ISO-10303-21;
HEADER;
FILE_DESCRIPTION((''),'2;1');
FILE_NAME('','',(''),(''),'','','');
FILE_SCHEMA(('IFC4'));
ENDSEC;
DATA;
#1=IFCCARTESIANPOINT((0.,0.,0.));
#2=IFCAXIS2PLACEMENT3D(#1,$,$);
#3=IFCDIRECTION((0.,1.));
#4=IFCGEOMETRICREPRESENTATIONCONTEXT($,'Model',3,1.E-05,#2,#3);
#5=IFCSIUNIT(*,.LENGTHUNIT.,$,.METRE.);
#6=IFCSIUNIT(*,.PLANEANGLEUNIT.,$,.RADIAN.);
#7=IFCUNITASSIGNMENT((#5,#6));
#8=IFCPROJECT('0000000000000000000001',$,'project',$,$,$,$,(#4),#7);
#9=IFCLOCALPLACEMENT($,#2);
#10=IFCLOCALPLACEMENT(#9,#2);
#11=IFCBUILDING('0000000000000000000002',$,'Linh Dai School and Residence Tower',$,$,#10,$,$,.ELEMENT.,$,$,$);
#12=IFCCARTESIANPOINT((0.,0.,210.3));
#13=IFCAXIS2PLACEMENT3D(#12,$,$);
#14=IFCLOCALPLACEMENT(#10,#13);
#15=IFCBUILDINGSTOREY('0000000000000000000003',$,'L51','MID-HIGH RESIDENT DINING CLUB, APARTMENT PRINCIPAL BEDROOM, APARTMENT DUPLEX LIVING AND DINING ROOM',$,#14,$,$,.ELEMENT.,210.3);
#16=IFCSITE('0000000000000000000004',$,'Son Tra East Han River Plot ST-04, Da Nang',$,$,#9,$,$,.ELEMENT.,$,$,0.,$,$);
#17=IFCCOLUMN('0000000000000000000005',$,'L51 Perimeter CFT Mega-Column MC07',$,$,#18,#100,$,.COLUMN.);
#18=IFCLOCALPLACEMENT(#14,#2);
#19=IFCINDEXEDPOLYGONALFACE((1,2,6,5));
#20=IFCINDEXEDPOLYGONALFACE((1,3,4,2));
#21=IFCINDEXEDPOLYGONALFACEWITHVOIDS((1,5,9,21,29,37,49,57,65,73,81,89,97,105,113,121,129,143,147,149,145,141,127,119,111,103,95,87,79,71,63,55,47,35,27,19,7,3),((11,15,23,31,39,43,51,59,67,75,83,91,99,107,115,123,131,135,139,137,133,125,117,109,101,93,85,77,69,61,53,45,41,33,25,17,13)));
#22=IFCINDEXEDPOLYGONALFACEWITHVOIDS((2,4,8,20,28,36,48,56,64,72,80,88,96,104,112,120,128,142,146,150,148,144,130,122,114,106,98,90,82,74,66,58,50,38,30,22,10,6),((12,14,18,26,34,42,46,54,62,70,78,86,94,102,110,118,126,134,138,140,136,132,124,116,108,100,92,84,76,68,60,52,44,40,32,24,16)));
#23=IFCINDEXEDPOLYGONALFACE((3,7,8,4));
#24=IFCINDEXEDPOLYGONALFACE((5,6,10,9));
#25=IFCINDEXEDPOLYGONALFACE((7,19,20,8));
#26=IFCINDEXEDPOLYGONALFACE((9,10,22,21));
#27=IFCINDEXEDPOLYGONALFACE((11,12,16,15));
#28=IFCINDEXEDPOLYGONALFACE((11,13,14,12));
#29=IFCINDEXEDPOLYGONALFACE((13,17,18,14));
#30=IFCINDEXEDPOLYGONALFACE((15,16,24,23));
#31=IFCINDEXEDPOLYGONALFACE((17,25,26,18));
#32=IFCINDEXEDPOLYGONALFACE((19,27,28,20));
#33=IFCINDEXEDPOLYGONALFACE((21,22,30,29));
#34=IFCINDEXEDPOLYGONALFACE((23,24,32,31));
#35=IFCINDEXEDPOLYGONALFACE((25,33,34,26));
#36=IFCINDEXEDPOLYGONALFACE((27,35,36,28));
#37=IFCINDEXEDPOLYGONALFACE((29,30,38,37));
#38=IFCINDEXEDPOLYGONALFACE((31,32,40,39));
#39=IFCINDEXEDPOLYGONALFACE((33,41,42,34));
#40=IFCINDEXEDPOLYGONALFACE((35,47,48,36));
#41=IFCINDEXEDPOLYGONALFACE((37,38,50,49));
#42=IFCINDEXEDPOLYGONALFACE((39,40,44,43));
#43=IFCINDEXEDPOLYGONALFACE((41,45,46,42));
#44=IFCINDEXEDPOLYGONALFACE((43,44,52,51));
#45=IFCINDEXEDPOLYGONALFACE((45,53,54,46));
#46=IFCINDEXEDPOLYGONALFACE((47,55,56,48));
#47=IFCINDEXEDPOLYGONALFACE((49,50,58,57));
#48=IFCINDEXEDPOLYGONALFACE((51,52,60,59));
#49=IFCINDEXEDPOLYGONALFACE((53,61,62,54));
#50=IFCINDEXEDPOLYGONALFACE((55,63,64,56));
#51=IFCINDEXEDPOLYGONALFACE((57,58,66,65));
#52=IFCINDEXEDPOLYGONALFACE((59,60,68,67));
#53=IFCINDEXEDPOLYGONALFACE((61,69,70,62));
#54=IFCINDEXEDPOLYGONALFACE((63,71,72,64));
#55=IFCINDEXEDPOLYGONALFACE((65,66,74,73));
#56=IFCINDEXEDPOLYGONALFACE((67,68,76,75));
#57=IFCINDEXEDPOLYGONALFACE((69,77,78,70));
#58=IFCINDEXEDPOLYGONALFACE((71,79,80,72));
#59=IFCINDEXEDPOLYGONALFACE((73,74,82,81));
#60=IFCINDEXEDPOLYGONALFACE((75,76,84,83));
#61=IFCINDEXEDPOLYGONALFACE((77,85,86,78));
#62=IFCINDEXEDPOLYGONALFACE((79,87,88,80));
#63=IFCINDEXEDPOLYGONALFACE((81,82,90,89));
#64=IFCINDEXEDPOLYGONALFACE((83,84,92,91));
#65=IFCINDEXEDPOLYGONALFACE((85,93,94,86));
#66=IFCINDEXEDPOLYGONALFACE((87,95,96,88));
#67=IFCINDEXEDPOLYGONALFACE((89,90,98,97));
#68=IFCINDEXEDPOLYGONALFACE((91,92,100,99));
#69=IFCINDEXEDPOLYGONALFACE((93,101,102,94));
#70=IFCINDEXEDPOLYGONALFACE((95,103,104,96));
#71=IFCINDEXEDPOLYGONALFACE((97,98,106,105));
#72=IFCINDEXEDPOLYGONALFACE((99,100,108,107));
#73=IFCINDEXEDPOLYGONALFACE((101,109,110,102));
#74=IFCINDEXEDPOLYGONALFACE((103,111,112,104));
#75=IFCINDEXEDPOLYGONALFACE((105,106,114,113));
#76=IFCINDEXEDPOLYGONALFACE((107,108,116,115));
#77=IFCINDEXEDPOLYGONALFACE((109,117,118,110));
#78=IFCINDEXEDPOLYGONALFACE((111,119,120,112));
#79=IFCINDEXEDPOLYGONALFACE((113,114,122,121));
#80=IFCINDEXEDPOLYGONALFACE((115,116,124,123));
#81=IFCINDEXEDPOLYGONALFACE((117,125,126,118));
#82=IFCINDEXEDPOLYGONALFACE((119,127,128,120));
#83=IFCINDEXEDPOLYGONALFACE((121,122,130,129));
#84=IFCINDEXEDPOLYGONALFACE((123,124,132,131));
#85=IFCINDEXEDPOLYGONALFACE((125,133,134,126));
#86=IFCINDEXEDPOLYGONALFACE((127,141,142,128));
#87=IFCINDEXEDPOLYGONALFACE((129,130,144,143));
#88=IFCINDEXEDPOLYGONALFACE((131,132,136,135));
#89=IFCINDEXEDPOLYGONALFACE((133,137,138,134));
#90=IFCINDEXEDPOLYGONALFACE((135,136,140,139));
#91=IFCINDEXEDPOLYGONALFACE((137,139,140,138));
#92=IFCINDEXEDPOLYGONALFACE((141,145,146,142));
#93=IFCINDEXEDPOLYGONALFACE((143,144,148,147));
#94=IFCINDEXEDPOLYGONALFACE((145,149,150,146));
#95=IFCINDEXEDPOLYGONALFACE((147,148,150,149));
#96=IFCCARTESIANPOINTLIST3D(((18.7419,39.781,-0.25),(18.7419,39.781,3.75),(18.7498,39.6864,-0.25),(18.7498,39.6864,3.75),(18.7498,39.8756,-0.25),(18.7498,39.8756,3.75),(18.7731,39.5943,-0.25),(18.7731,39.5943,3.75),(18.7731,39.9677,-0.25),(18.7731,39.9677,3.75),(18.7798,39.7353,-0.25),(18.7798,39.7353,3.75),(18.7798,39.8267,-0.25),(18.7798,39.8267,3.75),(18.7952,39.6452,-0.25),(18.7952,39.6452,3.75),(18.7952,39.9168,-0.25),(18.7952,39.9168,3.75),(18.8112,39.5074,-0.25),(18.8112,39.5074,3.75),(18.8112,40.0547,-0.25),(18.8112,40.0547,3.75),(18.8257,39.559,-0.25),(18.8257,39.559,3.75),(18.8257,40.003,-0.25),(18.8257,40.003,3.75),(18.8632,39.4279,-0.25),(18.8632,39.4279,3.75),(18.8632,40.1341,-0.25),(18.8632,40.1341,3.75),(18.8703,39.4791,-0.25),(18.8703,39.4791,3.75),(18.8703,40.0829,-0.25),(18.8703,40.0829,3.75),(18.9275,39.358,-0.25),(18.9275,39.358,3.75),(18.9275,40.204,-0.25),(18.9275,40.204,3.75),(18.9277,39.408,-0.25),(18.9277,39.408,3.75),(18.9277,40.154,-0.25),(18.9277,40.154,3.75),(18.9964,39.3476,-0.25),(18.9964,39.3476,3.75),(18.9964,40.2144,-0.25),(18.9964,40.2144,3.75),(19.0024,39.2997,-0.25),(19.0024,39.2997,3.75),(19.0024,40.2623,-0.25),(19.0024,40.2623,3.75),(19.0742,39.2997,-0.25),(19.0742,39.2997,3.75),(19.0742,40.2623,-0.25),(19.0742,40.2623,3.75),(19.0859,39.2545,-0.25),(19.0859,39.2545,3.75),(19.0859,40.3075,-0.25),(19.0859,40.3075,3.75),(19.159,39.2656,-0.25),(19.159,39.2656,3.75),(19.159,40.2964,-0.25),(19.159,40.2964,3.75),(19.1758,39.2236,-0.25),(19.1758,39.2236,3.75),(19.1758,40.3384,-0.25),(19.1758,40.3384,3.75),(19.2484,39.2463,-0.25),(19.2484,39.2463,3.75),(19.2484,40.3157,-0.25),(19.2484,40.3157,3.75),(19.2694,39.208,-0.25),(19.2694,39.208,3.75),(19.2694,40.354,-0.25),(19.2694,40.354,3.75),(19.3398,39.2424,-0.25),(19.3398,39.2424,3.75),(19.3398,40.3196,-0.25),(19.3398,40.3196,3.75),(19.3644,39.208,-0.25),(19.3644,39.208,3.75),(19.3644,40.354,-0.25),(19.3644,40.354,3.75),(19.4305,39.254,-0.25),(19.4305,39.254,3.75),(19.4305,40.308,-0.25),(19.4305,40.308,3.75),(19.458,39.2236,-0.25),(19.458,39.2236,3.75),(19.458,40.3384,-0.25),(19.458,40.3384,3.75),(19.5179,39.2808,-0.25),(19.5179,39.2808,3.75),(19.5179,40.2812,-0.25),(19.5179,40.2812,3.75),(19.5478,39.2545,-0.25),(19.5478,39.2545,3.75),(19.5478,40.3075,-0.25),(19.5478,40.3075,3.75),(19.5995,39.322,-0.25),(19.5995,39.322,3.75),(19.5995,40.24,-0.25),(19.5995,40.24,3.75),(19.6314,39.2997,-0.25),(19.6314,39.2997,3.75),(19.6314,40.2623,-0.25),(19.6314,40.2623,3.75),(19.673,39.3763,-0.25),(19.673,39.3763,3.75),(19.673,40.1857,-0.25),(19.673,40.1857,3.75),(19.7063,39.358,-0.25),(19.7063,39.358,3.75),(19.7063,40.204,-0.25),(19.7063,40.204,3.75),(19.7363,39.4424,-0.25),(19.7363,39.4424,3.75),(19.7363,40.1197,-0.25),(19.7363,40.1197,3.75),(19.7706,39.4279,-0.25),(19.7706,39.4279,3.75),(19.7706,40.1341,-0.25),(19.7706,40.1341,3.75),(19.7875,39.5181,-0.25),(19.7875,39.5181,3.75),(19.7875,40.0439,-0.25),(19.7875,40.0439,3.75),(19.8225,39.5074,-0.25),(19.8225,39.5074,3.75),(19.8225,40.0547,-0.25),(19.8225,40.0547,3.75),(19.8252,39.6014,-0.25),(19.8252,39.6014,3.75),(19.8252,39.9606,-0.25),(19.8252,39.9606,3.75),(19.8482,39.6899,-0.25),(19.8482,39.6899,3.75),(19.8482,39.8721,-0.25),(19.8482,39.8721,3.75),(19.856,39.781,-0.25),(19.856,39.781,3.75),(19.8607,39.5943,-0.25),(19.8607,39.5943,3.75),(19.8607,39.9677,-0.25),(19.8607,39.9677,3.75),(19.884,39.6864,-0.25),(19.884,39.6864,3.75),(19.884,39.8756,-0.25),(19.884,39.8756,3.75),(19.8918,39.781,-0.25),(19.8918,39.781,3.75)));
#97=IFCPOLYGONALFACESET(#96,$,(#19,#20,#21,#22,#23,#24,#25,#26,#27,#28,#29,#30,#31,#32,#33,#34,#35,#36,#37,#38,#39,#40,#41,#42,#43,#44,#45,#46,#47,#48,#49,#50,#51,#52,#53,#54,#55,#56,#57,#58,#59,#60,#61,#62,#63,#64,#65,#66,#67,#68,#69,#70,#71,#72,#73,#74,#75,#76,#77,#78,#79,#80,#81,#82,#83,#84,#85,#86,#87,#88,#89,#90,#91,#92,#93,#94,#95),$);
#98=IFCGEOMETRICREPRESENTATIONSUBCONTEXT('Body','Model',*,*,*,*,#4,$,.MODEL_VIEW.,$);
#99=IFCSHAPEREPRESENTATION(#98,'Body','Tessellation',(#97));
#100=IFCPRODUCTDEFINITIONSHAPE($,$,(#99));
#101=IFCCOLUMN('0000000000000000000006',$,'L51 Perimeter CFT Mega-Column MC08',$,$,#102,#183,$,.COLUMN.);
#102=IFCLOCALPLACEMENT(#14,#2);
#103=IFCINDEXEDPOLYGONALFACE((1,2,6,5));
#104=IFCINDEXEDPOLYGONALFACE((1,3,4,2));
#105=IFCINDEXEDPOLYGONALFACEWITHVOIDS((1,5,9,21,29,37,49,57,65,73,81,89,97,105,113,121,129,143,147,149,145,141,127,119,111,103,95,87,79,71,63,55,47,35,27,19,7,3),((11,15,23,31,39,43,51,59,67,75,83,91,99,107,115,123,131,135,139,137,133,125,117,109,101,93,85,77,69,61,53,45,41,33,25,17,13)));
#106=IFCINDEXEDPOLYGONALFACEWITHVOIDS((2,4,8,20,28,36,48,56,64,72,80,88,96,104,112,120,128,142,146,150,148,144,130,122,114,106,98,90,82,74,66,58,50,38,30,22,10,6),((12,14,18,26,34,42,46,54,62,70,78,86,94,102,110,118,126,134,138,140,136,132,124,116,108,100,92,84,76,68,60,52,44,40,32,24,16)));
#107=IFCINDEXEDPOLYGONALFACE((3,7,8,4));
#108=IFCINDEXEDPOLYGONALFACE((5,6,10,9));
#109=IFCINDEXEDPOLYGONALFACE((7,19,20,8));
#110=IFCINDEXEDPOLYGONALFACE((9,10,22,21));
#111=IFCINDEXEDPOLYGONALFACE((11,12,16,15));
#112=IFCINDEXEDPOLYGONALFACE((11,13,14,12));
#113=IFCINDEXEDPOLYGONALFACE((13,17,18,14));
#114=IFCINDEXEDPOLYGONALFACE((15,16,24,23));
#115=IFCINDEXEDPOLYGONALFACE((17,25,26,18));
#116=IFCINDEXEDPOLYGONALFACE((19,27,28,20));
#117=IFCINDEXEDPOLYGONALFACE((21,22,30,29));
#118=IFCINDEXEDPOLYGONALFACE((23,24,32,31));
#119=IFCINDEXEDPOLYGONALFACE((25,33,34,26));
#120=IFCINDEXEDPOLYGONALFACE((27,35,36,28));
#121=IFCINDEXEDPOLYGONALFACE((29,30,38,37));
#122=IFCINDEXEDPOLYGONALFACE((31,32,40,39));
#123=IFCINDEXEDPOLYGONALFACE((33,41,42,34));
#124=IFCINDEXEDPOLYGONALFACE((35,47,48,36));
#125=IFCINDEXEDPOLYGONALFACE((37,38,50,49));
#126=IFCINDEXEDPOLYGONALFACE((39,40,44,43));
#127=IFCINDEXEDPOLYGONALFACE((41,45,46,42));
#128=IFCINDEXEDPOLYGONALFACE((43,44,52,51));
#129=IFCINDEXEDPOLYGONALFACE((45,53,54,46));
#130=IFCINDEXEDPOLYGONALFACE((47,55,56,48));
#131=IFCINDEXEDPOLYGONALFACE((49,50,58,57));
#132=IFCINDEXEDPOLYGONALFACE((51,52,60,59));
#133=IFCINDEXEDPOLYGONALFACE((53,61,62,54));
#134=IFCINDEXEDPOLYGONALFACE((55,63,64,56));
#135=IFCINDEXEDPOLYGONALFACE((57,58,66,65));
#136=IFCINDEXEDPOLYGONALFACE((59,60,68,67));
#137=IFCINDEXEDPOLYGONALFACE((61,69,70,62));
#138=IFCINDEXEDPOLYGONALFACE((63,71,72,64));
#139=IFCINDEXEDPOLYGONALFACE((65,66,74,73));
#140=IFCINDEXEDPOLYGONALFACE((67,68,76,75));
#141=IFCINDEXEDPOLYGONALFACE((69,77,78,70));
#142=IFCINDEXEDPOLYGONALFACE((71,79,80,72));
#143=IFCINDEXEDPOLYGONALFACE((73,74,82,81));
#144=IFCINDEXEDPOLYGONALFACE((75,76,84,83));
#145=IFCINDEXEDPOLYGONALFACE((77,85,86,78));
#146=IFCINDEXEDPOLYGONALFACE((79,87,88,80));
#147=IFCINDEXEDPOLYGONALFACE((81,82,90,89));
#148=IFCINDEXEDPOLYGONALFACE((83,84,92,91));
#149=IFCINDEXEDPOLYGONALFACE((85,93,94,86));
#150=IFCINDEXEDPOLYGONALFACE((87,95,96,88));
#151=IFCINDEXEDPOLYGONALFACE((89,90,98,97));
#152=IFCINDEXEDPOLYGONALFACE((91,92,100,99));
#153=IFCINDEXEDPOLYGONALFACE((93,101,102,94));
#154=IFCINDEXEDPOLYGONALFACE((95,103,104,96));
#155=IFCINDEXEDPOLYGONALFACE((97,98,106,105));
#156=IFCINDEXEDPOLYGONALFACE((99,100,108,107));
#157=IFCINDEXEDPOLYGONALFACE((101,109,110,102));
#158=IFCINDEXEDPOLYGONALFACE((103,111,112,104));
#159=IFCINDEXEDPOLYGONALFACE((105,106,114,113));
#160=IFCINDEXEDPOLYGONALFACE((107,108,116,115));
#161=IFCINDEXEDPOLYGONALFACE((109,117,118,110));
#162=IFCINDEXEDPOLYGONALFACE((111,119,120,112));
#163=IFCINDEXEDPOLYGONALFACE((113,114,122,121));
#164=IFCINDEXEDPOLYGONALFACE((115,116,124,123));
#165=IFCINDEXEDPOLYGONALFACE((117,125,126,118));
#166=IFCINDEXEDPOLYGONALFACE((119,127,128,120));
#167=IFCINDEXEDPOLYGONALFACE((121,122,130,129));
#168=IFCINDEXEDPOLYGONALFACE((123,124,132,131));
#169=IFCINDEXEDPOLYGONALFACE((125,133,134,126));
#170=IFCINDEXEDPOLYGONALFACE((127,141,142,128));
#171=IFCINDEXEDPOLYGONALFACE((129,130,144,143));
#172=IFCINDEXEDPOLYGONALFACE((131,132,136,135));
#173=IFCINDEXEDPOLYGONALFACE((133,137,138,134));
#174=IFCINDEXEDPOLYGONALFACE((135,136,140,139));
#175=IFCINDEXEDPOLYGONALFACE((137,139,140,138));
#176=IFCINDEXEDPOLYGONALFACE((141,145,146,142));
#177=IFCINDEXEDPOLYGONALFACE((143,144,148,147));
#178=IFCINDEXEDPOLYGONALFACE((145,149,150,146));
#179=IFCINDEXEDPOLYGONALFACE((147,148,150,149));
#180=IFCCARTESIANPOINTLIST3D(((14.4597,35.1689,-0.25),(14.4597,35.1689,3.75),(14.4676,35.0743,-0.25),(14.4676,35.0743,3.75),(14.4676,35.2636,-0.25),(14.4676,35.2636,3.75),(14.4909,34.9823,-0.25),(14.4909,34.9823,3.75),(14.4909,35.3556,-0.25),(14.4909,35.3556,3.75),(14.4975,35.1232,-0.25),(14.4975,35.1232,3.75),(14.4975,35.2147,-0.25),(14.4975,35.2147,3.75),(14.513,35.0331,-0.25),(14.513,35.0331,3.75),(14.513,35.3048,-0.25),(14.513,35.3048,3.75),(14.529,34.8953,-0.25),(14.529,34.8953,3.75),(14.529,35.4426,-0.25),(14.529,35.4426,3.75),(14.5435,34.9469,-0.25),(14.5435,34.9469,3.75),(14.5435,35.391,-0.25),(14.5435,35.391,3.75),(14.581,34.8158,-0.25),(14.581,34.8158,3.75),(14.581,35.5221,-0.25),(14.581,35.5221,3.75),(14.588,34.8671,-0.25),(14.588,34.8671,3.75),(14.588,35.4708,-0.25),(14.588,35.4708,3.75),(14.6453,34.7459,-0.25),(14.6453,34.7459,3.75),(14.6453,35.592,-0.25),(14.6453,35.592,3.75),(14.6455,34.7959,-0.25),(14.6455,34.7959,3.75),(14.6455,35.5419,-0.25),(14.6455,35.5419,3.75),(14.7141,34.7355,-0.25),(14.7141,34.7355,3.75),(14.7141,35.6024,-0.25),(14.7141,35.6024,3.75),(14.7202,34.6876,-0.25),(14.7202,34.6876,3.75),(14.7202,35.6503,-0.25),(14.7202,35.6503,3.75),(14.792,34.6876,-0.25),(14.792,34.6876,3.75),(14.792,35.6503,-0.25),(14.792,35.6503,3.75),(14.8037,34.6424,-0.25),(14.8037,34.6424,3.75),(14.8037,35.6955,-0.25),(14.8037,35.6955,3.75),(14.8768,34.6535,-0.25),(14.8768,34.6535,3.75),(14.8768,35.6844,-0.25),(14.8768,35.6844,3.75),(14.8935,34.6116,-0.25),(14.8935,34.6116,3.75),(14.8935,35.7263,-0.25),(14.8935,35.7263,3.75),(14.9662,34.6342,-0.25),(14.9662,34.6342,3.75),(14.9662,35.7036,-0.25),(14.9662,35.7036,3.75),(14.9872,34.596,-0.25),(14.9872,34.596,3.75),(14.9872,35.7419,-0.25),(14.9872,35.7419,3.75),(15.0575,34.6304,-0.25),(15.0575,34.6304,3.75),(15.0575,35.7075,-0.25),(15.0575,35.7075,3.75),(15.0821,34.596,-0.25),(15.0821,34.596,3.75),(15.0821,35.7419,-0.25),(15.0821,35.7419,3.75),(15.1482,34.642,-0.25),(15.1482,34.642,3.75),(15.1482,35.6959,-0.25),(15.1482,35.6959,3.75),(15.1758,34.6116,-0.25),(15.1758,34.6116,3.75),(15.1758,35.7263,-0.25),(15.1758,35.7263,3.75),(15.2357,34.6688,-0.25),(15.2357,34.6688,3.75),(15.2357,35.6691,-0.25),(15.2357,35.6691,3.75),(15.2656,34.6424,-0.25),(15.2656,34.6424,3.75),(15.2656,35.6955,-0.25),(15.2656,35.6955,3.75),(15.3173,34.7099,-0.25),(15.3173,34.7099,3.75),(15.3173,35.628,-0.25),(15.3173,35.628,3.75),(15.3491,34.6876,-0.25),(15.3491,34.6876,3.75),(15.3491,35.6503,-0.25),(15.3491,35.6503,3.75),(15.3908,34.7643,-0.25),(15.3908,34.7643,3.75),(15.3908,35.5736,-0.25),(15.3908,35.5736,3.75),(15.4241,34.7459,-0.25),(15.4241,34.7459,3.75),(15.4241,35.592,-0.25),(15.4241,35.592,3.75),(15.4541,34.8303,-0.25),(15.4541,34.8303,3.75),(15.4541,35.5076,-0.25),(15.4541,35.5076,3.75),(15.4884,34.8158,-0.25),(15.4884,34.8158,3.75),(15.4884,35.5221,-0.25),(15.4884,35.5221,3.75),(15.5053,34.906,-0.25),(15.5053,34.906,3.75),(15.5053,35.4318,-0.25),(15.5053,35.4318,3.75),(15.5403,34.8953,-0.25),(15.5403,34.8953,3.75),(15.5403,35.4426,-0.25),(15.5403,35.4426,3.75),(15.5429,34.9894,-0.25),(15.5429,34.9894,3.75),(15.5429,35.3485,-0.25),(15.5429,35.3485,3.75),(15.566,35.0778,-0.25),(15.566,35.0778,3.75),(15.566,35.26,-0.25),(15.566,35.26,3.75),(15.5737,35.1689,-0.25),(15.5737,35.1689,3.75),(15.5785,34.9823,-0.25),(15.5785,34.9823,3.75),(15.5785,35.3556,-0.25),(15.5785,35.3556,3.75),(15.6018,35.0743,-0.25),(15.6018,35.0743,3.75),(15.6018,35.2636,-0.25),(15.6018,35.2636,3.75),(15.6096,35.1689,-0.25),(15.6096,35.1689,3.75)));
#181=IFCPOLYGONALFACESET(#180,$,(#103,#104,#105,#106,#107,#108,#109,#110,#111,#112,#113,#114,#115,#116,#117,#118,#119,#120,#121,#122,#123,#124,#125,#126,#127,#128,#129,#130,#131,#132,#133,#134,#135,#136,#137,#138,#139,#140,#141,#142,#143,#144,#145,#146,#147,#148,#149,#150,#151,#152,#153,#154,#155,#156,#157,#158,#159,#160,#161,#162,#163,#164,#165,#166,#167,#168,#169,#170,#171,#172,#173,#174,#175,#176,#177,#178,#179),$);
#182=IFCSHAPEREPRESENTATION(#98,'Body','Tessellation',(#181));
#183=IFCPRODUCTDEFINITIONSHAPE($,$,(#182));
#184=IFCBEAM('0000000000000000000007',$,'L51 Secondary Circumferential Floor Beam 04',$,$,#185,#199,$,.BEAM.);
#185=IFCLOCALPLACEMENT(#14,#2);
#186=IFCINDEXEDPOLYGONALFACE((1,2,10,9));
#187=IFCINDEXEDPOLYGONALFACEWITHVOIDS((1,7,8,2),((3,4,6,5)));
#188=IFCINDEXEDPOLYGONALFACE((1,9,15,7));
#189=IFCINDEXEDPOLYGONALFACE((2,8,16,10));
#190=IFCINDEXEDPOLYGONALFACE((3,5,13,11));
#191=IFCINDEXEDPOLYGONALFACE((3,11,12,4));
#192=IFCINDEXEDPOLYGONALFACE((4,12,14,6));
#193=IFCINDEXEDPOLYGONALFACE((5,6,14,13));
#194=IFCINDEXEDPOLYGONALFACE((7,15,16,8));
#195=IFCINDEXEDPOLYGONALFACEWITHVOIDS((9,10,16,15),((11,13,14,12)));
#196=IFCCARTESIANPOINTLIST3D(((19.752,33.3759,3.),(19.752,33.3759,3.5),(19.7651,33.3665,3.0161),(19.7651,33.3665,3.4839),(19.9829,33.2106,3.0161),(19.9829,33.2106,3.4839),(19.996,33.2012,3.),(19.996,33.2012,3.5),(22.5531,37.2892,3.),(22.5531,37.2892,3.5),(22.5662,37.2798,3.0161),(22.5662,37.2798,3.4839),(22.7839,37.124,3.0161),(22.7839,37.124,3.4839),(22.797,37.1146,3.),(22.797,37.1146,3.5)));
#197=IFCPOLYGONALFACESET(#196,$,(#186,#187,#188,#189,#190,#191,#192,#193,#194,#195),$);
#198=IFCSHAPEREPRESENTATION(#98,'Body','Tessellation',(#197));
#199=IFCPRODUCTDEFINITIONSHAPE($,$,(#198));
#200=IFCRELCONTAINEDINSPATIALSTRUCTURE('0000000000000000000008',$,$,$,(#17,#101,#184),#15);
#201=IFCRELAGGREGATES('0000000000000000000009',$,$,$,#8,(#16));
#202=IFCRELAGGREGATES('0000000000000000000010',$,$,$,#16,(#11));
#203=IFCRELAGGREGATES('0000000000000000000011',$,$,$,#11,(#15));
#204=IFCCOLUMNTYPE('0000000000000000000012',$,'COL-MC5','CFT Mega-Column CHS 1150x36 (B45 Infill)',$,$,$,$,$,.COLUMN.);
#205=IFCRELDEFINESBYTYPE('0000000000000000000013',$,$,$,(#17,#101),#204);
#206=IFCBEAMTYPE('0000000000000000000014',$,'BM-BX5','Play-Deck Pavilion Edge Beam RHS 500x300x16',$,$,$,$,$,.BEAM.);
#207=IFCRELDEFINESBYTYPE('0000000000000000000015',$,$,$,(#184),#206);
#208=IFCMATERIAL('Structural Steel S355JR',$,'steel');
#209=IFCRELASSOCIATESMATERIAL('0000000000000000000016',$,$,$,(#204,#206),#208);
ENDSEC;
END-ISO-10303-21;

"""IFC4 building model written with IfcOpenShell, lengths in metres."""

from ifc_helpers import new_model, si_unit, direction, frame, origin, origin_2d, place, context, subcontext, project, spatial, hollow_rectangle, hollow_circle, extrude, material, material_profile, profile_set, type_object, element, save


model = new_model("IFC4")

# Units and contexts
model_context = context("Model", 3, precision=1e-05, world=origin(), true_north=direction((0.0, 1.0)))
body_context = subcontext(model_context, "Body", "Model", "MODEL_VIEW")
ifc_project = project(units=[si_unit("LENGTHUNIT", "METRE"), si_unit("PLANEANGLEUNIT", "RADIAN")], contexts=[model_context])

# Site, building, storey
site_placement = place(None, origin())
site = spatial("IfcSite", under=ifc_project, at=site_placement, Name="Son Tra East Han River Plot ST-04, Da Nang", CompositionType="ELEMENT", RefElevation=0.0)
building_placement = place(site_placement, origin())
building = spatial("IfcBuilding", under=site, at=building_placement, Name="Linh Dai School and Residence Tower", CompositionType="ELEMENT")
storey_placement = place(building_placement, frame((0.0, 0.0, 210.3)))
storey = spatial("IfcBuildingStorey", under=building, at=storey_placement, Name="L51", Description="MID-HIGH RESIDENT DINING CLUB, APARTMENT PRINCIPAL BEDROOM, APARTMENT DUPLEX LIVING AND DINING ROOM", CompositionType="ELEMENT", Elevation=210.3)

# Columns
ifc_material_1 = material(Name="Structural Steel S355JR", Category="steel")
ifc_material_profile_1 = material_profile(ifc_material_1, hollow_circle(Radius=0.575, WallThickness=0.0359, at=origin_2d()), Name="CHS 1150x36")
ifc_profile_set_1 = profile_set([ifc_material_profile_1], Name="Structural Steel S355JR")
column_type = type_object("IfcColumnType", Name="COL-MC5", Description="CFT Mega-Column CHS 1150x36 (B45 Infill)", PredefinedType="COLUMN", material=ifc_profile_set_1)
for number, where, z_axis, x_axis, name in (
    (1, (19.3169, 39.781, -0.25), (0.0, 0.0, 1.0), (1.0, 0.0, 0.0), "L51 Perimeter CFT Mega-Column MC07"),
    (2, (15.0347, 35.1689, -0.25), (0.0, 0.0, 1.0), (1.0, 0.0, 0.0), "L51 Perimeter CFT Mega-Column MC08"),
):
    element("IfcColumn", number, at=place(storey_placement, frame(where, z_axis=z_axis, x_axis=x_axis)), inside=storey, type_object=column_type, Name=name, PredefinedType="COLUMN", context=body_context, shape_type="SweptSolid", body=[
        extrude(hollow_circle(Radius=0.575, WallThickness=0.0359, at=origin_2d()), origin(), (0.0, 0.0, 1.0), 4.0),
    ])

# Beam
ifc_material_profile_2 = material_profile(ifc_material_1, hollow_rectangle(XDim=0.3, YDim=0.5, WallThickness=0.0161, at=origin_2d()), Name="RHS 500x300x16")
ifc_profile_set_2 = profile_set([ifc_material_profile_2], Name="Structural Steel S355JR")
beam_type_1 = type_object("IfcBeamType", Name="BM-BX5", Description="Play-Deck Pavilion Edge Beam RHS 500x300x16", PredefinedType="BEAM", material=ifc_profile_set_2)
beam_1_placement = place(storey_placement, frame((22.675, 37.2019, 3.25), z_axis=(-0.582035, -0.813164, 0.0), x_axis=(0.813164, -0.582035, 0.0)))
element("IfcBeam", 3, at=beam_1_placement, inside=storey, type_object=beam_type_1, Name="L51 Secondary Circumferential Floor Beam 04", PredefinedType="BEAM", context=body_context, shape_type="SweptSolid", body=[
    extrude(hollow_rectangle(XDim=0.3, YDim=0.5, WallThickness=0.0161, at=origin_2d()), origin(), (0.0, 0.0, 1.0), 4.8125),
])

save(model, "model.ifc")
